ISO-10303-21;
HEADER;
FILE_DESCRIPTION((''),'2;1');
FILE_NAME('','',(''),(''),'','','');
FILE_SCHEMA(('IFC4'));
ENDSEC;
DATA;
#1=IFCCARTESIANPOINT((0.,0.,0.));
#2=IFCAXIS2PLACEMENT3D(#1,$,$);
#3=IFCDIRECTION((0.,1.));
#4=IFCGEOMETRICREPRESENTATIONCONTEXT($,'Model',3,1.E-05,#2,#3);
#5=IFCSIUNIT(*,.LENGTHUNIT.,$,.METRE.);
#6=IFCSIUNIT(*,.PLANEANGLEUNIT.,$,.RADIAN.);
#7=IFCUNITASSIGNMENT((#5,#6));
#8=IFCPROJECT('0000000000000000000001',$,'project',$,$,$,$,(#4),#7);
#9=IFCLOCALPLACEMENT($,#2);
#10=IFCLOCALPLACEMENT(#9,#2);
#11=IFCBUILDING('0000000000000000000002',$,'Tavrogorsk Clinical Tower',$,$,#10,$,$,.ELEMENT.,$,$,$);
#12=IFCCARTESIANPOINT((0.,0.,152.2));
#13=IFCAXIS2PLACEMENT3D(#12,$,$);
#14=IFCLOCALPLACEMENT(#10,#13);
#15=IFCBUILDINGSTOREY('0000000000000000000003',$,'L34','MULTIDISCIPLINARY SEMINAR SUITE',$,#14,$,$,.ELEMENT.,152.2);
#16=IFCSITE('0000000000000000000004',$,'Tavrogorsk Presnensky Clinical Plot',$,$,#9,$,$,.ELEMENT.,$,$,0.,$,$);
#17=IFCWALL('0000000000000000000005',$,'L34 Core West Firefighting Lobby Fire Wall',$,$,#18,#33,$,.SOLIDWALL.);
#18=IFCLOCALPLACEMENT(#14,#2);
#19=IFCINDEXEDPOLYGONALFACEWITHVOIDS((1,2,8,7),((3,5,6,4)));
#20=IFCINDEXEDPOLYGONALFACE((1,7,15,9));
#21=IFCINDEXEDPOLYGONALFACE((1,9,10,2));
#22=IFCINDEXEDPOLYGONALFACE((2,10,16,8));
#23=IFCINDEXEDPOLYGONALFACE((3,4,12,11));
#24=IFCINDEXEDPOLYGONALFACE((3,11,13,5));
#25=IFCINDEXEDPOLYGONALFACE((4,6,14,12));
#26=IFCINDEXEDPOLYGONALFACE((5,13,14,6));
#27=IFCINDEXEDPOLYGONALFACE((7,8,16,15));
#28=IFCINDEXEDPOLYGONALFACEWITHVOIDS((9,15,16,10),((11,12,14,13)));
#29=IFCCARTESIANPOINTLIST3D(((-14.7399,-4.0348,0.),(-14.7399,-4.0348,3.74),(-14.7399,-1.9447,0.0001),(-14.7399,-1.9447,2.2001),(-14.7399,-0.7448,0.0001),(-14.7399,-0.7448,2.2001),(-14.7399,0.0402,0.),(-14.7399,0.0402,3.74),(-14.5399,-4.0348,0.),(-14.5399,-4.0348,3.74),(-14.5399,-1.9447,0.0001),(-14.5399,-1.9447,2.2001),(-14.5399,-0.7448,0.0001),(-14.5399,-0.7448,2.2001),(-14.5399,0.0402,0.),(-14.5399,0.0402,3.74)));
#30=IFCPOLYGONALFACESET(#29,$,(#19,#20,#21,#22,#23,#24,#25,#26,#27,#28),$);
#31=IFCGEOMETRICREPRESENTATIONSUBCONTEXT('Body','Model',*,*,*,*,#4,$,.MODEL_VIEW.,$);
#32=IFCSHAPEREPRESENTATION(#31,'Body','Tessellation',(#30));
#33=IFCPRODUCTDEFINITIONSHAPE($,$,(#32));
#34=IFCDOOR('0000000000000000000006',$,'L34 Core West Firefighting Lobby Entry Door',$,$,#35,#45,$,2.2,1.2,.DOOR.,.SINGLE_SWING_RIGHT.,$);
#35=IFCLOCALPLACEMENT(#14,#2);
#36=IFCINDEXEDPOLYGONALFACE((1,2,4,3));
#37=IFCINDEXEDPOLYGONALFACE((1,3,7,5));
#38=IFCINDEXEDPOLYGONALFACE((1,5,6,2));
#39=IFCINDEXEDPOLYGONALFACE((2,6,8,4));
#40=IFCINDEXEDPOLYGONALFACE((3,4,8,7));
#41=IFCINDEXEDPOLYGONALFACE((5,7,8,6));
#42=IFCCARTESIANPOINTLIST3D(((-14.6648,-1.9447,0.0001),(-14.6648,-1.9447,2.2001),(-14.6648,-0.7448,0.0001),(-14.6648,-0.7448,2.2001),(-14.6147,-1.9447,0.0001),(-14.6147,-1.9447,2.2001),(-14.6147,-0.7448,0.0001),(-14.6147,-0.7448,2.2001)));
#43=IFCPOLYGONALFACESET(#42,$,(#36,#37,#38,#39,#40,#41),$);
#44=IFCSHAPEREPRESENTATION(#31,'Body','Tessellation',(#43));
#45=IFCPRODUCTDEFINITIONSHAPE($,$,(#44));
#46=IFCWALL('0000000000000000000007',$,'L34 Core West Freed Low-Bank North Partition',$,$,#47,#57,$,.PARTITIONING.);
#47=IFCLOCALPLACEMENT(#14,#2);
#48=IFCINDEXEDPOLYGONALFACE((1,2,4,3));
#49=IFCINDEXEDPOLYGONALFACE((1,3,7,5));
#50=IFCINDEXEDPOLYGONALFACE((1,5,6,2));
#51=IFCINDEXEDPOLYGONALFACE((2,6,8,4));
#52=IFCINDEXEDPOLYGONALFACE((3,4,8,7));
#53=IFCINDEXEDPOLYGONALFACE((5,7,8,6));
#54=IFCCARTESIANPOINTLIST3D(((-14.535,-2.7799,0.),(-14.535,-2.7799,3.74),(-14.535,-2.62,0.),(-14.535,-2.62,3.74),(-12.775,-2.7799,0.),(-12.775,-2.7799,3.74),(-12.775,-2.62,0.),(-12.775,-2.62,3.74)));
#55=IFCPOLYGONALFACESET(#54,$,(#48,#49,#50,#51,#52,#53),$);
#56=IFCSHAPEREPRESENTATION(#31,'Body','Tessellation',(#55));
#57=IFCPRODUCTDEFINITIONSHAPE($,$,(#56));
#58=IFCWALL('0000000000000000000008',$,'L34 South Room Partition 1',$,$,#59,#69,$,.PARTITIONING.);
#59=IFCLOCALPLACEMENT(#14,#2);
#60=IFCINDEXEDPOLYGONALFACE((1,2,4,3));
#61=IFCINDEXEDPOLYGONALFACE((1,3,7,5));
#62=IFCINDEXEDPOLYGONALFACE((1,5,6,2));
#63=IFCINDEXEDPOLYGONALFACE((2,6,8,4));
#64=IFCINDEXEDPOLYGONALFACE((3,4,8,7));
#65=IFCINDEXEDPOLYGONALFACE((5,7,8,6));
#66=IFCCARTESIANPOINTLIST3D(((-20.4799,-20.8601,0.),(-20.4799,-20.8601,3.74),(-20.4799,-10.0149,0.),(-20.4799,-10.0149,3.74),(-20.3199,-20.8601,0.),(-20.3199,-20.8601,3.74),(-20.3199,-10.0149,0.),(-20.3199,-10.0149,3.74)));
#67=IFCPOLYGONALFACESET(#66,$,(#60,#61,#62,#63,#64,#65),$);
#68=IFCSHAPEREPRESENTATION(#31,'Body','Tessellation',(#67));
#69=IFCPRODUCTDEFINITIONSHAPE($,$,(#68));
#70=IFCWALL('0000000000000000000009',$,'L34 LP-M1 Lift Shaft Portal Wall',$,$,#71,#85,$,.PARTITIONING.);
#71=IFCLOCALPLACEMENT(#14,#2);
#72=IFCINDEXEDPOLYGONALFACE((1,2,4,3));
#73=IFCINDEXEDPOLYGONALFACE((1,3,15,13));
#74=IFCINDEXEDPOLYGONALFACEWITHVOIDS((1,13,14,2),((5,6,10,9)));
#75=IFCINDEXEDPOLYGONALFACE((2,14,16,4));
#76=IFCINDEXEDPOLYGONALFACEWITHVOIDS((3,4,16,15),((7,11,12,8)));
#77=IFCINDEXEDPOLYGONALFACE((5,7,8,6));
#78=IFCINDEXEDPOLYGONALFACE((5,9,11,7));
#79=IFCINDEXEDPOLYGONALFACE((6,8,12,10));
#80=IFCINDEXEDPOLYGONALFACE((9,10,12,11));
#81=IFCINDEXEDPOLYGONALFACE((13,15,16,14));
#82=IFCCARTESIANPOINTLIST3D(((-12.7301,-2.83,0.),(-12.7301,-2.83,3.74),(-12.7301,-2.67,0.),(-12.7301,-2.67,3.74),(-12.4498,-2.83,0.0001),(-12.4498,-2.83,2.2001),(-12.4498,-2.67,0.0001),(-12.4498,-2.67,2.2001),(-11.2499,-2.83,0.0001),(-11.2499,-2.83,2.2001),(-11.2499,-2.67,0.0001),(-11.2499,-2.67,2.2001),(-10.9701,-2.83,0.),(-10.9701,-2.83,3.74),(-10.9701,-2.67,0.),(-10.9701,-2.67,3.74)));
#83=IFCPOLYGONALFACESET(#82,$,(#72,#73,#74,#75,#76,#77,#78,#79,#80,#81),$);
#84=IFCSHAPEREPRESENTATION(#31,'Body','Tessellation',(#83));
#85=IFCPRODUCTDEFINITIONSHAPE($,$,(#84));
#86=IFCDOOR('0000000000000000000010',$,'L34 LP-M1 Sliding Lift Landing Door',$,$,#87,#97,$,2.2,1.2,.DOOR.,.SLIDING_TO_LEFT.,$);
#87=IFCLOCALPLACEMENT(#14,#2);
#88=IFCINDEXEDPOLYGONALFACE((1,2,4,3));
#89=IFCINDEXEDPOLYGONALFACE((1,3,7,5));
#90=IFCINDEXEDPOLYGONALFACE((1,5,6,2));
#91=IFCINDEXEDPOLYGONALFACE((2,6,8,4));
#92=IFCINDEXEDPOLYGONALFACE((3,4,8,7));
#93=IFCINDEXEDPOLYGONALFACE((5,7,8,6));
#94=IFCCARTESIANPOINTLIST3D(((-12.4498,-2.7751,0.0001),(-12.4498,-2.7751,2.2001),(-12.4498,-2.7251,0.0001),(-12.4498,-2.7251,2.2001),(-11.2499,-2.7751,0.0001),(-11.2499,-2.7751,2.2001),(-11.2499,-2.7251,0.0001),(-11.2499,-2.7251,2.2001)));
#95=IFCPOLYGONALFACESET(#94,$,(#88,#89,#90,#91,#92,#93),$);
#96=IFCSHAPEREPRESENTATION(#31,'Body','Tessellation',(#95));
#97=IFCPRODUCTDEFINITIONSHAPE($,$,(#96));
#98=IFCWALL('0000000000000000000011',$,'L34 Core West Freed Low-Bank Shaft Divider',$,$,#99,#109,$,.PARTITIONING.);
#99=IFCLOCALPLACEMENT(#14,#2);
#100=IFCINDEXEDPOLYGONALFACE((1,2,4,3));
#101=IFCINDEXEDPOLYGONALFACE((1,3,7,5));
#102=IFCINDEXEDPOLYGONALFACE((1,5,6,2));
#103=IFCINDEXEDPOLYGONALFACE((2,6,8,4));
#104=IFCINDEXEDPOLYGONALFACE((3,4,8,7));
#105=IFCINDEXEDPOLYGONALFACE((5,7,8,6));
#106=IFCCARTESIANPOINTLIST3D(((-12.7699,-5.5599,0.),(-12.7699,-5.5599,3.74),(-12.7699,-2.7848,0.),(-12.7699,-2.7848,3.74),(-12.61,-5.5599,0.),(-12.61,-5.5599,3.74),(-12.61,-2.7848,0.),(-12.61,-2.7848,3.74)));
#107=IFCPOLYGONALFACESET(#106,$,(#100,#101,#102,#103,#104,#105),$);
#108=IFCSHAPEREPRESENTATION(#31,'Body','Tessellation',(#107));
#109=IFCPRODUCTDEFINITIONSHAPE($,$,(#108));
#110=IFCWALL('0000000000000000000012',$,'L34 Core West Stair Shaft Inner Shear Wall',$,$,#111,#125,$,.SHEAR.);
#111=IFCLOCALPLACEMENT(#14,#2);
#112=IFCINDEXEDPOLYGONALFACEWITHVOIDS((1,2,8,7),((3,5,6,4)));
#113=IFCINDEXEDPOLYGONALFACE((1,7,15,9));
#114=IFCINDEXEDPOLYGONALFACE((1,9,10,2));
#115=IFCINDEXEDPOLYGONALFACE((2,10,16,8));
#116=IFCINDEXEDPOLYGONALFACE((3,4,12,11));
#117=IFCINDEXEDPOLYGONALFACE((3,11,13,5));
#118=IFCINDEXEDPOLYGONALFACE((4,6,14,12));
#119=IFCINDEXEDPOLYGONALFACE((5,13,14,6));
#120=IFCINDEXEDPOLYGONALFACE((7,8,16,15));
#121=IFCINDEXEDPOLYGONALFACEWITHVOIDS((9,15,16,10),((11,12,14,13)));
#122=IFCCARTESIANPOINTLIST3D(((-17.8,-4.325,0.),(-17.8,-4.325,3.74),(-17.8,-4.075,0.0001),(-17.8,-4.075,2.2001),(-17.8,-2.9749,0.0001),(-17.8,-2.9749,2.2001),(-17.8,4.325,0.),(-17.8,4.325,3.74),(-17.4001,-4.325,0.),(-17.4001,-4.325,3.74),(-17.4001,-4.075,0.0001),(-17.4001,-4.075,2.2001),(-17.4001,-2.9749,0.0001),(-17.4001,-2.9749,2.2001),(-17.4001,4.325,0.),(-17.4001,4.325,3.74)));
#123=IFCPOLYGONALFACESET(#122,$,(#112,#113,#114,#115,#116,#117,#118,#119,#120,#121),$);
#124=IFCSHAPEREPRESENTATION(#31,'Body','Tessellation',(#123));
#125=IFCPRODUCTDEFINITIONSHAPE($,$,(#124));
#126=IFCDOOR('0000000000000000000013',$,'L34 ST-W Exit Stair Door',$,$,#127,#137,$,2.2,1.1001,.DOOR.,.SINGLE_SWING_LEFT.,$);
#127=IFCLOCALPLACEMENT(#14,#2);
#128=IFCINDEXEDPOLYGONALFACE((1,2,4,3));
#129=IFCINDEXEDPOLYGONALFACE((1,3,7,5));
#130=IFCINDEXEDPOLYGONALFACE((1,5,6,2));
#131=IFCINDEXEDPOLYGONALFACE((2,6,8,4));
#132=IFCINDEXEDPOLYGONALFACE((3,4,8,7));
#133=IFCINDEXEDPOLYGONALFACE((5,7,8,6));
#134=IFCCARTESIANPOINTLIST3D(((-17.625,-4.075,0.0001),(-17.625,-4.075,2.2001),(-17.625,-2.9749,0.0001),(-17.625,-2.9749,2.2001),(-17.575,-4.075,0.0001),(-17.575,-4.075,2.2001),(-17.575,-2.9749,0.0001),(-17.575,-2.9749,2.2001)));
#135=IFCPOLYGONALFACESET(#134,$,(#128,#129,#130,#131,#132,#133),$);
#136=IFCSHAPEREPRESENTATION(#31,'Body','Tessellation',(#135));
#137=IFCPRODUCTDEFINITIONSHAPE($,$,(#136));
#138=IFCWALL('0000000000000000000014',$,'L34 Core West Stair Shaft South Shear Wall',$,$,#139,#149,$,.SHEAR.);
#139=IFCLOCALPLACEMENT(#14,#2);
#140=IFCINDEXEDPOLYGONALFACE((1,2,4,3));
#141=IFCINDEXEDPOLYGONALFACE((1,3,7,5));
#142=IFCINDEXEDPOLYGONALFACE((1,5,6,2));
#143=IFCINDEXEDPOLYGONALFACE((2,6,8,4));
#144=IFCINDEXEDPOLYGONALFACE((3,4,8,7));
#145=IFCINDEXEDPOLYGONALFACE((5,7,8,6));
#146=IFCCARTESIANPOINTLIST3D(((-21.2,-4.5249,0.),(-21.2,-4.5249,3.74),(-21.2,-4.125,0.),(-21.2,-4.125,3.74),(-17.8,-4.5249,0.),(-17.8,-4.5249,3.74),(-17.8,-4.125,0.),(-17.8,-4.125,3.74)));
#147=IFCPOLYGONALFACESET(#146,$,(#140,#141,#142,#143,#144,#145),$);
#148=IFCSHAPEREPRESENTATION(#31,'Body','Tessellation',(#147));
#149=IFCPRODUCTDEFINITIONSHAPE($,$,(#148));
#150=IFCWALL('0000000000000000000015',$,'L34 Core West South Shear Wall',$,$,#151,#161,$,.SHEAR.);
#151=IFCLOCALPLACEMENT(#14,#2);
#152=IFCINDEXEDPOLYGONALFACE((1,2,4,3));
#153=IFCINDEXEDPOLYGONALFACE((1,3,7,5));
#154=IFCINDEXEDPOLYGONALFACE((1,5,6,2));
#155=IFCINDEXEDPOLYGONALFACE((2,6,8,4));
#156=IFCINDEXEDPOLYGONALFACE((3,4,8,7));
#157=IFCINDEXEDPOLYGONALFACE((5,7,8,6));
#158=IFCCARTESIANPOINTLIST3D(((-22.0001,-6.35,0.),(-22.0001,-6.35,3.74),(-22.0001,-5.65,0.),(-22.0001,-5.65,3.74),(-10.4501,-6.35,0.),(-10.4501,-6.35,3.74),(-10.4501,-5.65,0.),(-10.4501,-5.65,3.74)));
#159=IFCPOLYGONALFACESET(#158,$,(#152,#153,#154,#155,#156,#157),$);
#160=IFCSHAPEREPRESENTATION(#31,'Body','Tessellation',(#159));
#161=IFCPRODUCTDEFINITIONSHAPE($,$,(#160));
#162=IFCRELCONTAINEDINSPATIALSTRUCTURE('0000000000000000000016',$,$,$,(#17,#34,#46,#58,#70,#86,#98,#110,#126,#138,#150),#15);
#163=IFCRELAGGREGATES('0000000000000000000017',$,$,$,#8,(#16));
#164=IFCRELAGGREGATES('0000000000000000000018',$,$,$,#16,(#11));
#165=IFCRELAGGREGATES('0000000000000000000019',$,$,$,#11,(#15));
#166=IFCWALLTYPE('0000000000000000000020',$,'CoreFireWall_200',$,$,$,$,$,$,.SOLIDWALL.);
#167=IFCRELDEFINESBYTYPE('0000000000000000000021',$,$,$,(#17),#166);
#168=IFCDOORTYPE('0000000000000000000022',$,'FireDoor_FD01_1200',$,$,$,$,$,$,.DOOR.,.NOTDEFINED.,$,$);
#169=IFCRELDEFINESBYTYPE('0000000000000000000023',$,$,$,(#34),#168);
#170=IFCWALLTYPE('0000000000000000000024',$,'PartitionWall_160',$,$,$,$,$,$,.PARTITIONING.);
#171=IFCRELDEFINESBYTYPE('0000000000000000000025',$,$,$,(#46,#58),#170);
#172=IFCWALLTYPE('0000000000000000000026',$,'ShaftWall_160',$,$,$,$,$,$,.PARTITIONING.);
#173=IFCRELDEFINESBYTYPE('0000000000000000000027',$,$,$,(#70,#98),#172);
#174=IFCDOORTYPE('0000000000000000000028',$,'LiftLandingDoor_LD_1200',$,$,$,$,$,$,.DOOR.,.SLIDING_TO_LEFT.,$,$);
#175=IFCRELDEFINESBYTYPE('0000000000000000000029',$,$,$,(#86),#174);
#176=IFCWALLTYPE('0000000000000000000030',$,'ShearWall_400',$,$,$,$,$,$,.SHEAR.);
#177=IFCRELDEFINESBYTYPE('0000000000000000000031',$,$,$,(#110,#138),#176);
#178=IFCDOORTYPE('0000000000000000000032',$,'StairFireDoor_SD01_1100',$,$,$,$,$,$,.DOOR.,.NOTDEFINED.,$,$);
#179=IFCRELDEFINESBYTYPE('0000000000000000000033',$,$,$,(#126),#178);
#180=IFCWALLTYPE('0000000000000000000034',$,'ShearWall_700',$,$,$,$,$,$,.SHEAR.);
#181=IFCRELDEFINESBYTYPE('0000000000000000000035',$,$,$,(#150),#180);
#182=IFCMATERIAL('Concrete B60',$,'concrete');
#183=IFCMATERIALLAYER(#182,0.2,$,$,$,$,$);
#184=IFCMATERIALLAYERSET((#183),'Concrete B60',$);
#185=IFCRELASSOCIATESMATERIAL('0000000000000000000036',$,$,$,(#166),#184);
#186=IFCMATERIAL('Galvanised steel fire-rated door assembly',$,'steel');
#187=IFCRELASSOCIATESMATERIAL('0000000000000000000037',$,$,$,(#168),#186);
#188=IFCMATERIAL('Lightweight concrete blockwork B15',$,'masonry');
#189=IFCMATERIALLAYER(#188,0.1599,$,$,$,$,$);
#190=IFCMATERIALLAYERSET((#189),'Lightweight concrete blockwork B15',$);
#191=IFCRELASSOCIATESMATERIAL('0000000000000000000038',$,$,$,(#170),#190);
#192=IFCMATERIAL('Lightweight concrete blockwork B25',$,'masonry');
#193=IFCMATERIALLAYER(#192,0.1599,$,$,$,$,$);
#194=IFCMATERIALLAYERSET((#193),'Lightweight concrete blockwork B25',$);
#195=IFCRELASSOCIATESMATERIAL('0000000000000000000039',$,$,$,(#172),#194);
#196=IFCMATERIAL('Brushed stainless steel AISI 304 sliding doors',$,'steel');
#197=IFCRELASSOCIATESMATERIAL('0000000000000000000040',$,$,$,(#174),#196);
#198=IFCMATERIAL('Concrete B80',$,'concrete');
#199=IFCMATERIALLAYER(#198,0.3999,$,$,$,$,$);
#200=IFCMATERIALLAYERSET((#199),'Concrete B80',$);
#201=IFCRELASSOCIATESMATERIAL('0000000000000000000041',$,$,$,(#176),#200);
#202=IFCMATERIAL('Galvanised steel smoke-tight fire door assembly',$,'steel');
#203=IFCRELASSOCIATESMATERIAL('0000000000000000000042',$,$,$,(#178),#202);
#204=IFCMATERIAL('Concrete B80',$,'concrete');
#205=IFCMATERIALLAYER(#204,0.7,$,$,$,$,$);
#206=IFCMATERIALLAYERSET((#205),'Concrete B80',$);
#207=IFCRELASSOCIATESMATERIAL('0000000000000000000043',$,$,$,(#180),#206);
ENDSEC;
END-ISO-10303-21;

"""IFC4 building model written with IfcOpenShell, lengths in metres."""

from ifc_helpers import new_model, si_unit, direction, frame, frame_2d, origin, place, context, subcontext, project, spatial, rectangle, extrude, material, layer, layer_set, type_object, element, fill, save


model = new_model("IFC4")

# Units and contexts
model_context = context("Model", 3, precision=1e-05, world=origin(), true_north=direction((0.0, 1.0)))
body_context = subcontext(model_context, "Body", "Model", "MODEL_VIEW")
ifc_project = project(units=[si_unit("LENGTHUNIT", "METRE"), si_unit("PLANEANGLEUNIT", "RADIAN")], contexts=[model_context])

# Site, building, storey
site_placement = place(None, origin())
site = spatial("IfcSite", under=ifc_project, at=site_placement, Name="Tavrogorsk Presnensky Clinical Plot", CompositionType="ELEMENT", RefElevation=0.0)
building_placement = place(site_placement, origin())
building = spatial("IfcBuilding", under=site, at=building_placement, Name="Tavrogorsk Clinical Tower", CompositionType="ELEMENT")
storey_placement = place(building_placement, frame((0.0, 0.0, 152.2)))
storey = spatial("IfcBuildingStorey", under=building, at=storey_placement, Name="L34", Description="MULTIDISCIPLINARY SEMINAR SUITE", CompositionType="ELEMENT", Elevation=152.2)

# Wall, opening, door
ifc_material_1 = material(Name="Concrete B60", Category="concrete")
ifc_layer_1 = layer(ifc_material_1, 0.2)
ifc_layer_set_1 = layer_set([ifc_layer_1], Name="Concrete B60")
wall_type_1 = type_object("IfcWallType", Name="CoreFireWall_200", PredefinedType="SOLIDWALL", material=ifc_layer_set_1)
wall_1_placement = place(storey_placement, frame((-14.6399, -4.0349, 0.0), z_axis=(0.0, 0.0, 1.0), x_axis=(0.0, 1.0, 0.0)))
wall_1 = element("IfcWall", 1, at=wall_1_placement, inside=storey, type_object=wall_type_1, Name="L34 Core West Firefighting Lobby Fire Wall", PredefinedType="SOLIDWALL", context=body_context, shape_type="SweptSolid", body=[
    extrude(rectangle(XDim=4.075, YDim=0.2, at=frame_2d((2.0376, 0.0))), origin(), (0.0, 0.0, 1.0), 3.74),
])
opening_1_placement = place(wall_1_placement, frame((2.0901, 0.0, 0.0)))
opening_1 = element("IfcOpeningElement", 2, at=opening_1_placement, cuts=wall_1, PredefinedType="OPENING", context=body_context, shape_type="SweptSolid", body=[
    extrude(rectangle(XDim=1.2, YDim=2.2, at=frame_2d((0.6001, 1.1001))), frame((0.0, 0.1099, 0.0), z_axis=(0.0, -1.0, 0.0), x_axis=(1.0, 0.0, 0.0)), (0.0, 0.0, 1.0), 0.22),
])
ifc_material_2 = material(Name="Galvanised steel fire-rated door assembly", Category="steel")
door_type_1 = type_object("IfcDoorType", Name="FireDoor_FD01_1200", OperationType="NOTDEFINED", PredefinedType="DOOR", material=ifc_material_2)
door_1_placement = place(opening_1_placement, origin())
door_1 = element("IfcDoor", 3, at=door_1_placement, inside=storey, type_object=door_type_1, Name="L34 Core West Firefighting Lobby Entry Door", OperationType="SINGLE_SWING_RIGHT", OverallHeight=2.2, OverallWidth=1.2, PredefinedType="DOOR", context=body_context, shape_type="SweptSolid", body=[
    extrude(rectangle(XDim=1.2, YDim=2.2, at=frame_2d((0.6001, 1.1001))), frame((0.0, 0.0249, 0.0), z_axis=(0.0, -1.0, 0.0), x_axis=(1.0, 0.0, 0.0)), (0.0, 0.0, 1.0), 0.05),
])
fill(opening_1, door_1)

# Walls
ifc_material_3 = material(Name="Lightweight concrete blockwork B15", Category="masonry")
ifc_layer_2 = layer(ifc_material_3, 0.1599)
ifc_layer_set_2 = layer_set([ifc_layer_2], Name="Lightweight concrete blockwork B15")
wall_type_2 = type_object("IfcWallType", Name="PartitionWall_160", PredefinedType="PARTITIONING", material=ifc_layer_set_2)
wall_2_placement = place(storey_placement, frame((-14.5349, -2.7, 0.0), z_axis=(0.0, 0.0, 1.0), x_axis=(1.0, 0.0, 0.0)))
element("IfcWall", 4, at=wall_2_placement, inside=storey, type_object=wall_type_2, Name="L34 Core West Freed Low-Bank North Partition", PredefinedType="PARTITIONING", context=body_context, shape_type="SweptSolid", body=[
    extrude(rectangle(XDim=1.76, YDim=0.1599, at=frame_2d((0.8799, 0.0))), origin(), (0.0, 0.0, 1.0), 3.74),
])
wall_3_placement = place(storey_placement, frame((-20.3999, -20.8601, 0.0), z_axis=(0.0, 0.0, 1.0), x_axis=(0.0, 1.0, 0.0)))
element("IfcWall", 5, at=wall_3_placement, inside=storey, type_object=wall_type_2, Name="L34 South Room Partition 1", PredefinedType="PARTITIONING", context=body_context, shape_type="SweptSolid", body=[
    extrude(rectangle(XDim=10.8452, YDim=0.1599, at=frame_2d((5.4226, 0.0))), origin(), (0.0, 0.0, 1.0), 3.74),
])

# Wall, opening, door
ifc_material_4 = material(Name="Lightweight concrete blockwork B25", Category="masonry")
ifc_layer_3 = layer(ifc_material_4, 0.1599)
ifc_layer_set_3 = layer_set([ifc_layer_3], Name="Lightweight concrete blockwork B25")
wall_type_3 = type_object("IfcWallType", Name="ShaftWall_160", PredefinedType="PARTITIONING", material=ifc_layer_set_3)
wall_4_placement = place(storey_placement, frame((-12.73, -2.75, 0.0), z_axis=(0.0, 0.0, 1.0), x_axis=(1.0, 0.0, 0.0)))
wall_4 = element("IfcWall", 6, at=wall_4_placement, inside=storey, type_object=wall_type_3, Name="L34 LP-M1 Lift Shaft Portal Wall", PredefinedType="PARTITIONING", context=body_context, shape_type="SweptSolid", body=[
    extrude(rectangle(XDim=1.76, YDim=0.1599, at=frame_2d((0.8799, 0.0))), origin(), (0.0, 0.0, 1.0), 3.74),
])
opening_2_placement = place(wall_4_placement, frame((0.28, 0.0, 0.0)))
opening_2 = element("IfcOpeningElement", 7, at=opening_2_placement, cuts=wall_4, PredefinedType="OPENING", context=body_context, shape_type="SweptSolid", body=[
    extrude(rectangle(XDim=1.2, YDim=2.2, at=frame_2d((0.6001, 1.1001))), frame((0.0, 0.0898, 0.0), z_axis=(0.0, -1.0, 0.0), x_axis=(1.0, 0.0, 0.0)), (0.0, 0.0, 1.0), 0.1799),
])
ifc_material_5 = material(Name="Brushed stainless steel AISI 304 sliding doors", Category="steel")
door_type_2 = type_object("IfcDoorType", Name="LiftLandingDoor_LD_1200", OperationType="SLIDING_TO_LEFT", PredefinedType="DOOR", material=ifc_material_5)
door_2_placement = place(opening_2_placement, origin())
door_2 = element("IfcDoor", 8, at=door_2_placement, inside=storey, type_object=door_type_2, Name="L34 LP-M1 Sliding Lift Landing Door", OperationType="SLIDING_TO_LEFT", OverallHeight=2.2, OverallWidth=1.2, PredefinedType="DOOR", context=body_context, shape_type="SweptSolid", body=[
    extrude(rectangle(XDim=1.2, YDim=2.2, at=frame_2d((0.6001, 1.1001))), frame((0.0, 0.0249, 0.0), z_axis=(0.0, -1.0, 0.0), x_axis=(1.0, 0.0, 0.0)), (0.0, 0.0, 1.0), 0.05),
])
fill(opening_2, door_2)

# Wall
wall_5_placement = place(storey_placement, frame((-12.6899, -5.5601, 0.0), z_axis=(0.0, 0.0, 1.0), x_axis=(0.0, 1.0, 0.0)))
element("IfcWall", 9, at=wall_5_placement, inside=storey, type_object=wall_type_3, Name="L34 Core West Freed Low-Bank Shaft Divider", PredefinedType="PARTITIONING", context=body_context, shape_type="SweptSolid", body=[
    extrude(rectangle(XDim=2.7751, YDim=0.1599, at=frame_2d((1.3877, 0.0))), origin(), (0.0, 0.0, 1.0), 3.74),
])

# Wall, opening, door
ifc_material_6 = material(Name="Concrete B80", Category="concrete")
ifc_layer_4 = layer(ifc_material_6, 0.3999)
ifc_layer_set_4 = layer_set([ifc_layer_4], Name="Concrete B80")
wall_type_4 = type_object("IfcWallType", Name="ShearWall_400", PredefinedType="SHEAR", material=ifc_layer_set_4)
wall_6_placement = place(storey_placement, frame((-17.6001, -4.325, 0.0), z_axis=(0.0, 0.0, 1.0), x_axis=(0.0, 1.0, 0.0)))
wall_6 = element("IfcWall", 10, at=wall_6_placement, inside=storey, type_object=wall_type_4, Name="L34 Core West Stair Shaft Inner Shear Wall", PredefinedType="SHEAR", context=body_context, shape_type="SweptSolid", body=[
    extrude(rectangle(XDim=8.6499, YDim=0.3999, at=frame_2d((4.325, 0.0))), origin(), (0.0, 0.0, 1.0), 3.74),
])
opening_3_placement = place(wall_6_placement, frame((0.25, 0.0, 0.0)))
opening_3 = element("IfcOpeningElement", 11, at=opening_3_placement, cuts=wall_6, PredefinedType="OPENING", context=body_context, shape_type="SweptSolid", body=[
    extrude(rectangle(XDim=1.1001, YDim=2.2, at=frame_2d((0.55, 1.1001))), frame((0.0, 0.21, 0.0), z_axis=(0.0, -1.0, 0.0), x_axis=(1.0, 0.0, 0.0)), (0.0, 0.0, 1.0), 0.4199),
])
ifc_material_7 = material(Name="Galvanised steel smoke-tight fire door assembly", Category="steel")
door_type_3 = type_object("IfcDoorType", Name="StairFireDoor_SD01_1100", OperationType="NOTDEFINED", PredefinedType="DOOR", material=ifc_material_7)
door_3_placement = place(opening_3_placement, origin())
door_3 = element("IfcDoor", 12, at=door_3_placement, inside=storey, type_object=door_type_3, Name="L34 ST-W Exit Stair Door", OperationType="SINGLE_SWING_LEFT", OverallHeight=2.2, OverallWidth=1.1001, PredefinedType="DOOR", context=body_context, shape_type="SweptSolid", body=[
    extrude(rectangle(XDim=1.1001, YDim=2.2, at=frame_2d((0.55, 1.1001))), frame((0.0, 0.0249, 0.0), z_axis=(0.0, -1.0, 0.0), x_axis=(1.0, 0.0, 0.0)), (0.0, 0.0, 1.0), 0.05),
])
fill(opening_3, door_3)

# Walls
wall_7_placement = place(storey_placement, frame((-21.2, -4.325, 0.0), z_axis=(0.0, 0.0, 1.0), x_axis=(1.0, 0.0, 0.0)))
element("IfcWall", 13, at=wall_7_placement, inside=storey, type_object=wall_type_4, Name="L34 Core West Stair Shaft South Shear Wall", PredefinedType="SHEAR", context=body_context, shape_type="SweptSolid", body=[
    extrude(rectangle(XDim=3.3999, YDim=0.3999, at=frame_2d((1.7, 0.0))), origin(), (0.0, 0.0, 1.0), 3.74),
])
ifc_material_8 = material(Name="Concrete B80", Category="concrete")
ifc_layer_5 = layer(ifc_material_8, 0.7)
ifc_layer_set_5 = layer_set([ifc_layer_5], Name="Concrete B80")
wall_type_5 = type_object("IfcWallType", Name="ShearWall_700", PredefinedType="SHEAR", material=ifc_layer_set_5)
wall_8_placement = place(storey_placement, frame((-22.0, -6.0, 0.0), z_axis=(0.0, 0.0, 1.0), x_axis=(1.0, 0.0, 0.0)))
element("IfcWall", 14, at=wall_8_placement, inside=storey, type_object=wall_type_5, Name="L34 Core West South Shear Wall", PredefinedType="SHEAR", context=body_context, shape_type="SweptSolid", body=[
    extrude(rectangle(XDim=11.55, YDim=0.7, at=frame_2d((5.7749, 0.0))), origin(), (0.0, 0.0, 1.0), 3.74),
])

save(model, "model.ifc")
